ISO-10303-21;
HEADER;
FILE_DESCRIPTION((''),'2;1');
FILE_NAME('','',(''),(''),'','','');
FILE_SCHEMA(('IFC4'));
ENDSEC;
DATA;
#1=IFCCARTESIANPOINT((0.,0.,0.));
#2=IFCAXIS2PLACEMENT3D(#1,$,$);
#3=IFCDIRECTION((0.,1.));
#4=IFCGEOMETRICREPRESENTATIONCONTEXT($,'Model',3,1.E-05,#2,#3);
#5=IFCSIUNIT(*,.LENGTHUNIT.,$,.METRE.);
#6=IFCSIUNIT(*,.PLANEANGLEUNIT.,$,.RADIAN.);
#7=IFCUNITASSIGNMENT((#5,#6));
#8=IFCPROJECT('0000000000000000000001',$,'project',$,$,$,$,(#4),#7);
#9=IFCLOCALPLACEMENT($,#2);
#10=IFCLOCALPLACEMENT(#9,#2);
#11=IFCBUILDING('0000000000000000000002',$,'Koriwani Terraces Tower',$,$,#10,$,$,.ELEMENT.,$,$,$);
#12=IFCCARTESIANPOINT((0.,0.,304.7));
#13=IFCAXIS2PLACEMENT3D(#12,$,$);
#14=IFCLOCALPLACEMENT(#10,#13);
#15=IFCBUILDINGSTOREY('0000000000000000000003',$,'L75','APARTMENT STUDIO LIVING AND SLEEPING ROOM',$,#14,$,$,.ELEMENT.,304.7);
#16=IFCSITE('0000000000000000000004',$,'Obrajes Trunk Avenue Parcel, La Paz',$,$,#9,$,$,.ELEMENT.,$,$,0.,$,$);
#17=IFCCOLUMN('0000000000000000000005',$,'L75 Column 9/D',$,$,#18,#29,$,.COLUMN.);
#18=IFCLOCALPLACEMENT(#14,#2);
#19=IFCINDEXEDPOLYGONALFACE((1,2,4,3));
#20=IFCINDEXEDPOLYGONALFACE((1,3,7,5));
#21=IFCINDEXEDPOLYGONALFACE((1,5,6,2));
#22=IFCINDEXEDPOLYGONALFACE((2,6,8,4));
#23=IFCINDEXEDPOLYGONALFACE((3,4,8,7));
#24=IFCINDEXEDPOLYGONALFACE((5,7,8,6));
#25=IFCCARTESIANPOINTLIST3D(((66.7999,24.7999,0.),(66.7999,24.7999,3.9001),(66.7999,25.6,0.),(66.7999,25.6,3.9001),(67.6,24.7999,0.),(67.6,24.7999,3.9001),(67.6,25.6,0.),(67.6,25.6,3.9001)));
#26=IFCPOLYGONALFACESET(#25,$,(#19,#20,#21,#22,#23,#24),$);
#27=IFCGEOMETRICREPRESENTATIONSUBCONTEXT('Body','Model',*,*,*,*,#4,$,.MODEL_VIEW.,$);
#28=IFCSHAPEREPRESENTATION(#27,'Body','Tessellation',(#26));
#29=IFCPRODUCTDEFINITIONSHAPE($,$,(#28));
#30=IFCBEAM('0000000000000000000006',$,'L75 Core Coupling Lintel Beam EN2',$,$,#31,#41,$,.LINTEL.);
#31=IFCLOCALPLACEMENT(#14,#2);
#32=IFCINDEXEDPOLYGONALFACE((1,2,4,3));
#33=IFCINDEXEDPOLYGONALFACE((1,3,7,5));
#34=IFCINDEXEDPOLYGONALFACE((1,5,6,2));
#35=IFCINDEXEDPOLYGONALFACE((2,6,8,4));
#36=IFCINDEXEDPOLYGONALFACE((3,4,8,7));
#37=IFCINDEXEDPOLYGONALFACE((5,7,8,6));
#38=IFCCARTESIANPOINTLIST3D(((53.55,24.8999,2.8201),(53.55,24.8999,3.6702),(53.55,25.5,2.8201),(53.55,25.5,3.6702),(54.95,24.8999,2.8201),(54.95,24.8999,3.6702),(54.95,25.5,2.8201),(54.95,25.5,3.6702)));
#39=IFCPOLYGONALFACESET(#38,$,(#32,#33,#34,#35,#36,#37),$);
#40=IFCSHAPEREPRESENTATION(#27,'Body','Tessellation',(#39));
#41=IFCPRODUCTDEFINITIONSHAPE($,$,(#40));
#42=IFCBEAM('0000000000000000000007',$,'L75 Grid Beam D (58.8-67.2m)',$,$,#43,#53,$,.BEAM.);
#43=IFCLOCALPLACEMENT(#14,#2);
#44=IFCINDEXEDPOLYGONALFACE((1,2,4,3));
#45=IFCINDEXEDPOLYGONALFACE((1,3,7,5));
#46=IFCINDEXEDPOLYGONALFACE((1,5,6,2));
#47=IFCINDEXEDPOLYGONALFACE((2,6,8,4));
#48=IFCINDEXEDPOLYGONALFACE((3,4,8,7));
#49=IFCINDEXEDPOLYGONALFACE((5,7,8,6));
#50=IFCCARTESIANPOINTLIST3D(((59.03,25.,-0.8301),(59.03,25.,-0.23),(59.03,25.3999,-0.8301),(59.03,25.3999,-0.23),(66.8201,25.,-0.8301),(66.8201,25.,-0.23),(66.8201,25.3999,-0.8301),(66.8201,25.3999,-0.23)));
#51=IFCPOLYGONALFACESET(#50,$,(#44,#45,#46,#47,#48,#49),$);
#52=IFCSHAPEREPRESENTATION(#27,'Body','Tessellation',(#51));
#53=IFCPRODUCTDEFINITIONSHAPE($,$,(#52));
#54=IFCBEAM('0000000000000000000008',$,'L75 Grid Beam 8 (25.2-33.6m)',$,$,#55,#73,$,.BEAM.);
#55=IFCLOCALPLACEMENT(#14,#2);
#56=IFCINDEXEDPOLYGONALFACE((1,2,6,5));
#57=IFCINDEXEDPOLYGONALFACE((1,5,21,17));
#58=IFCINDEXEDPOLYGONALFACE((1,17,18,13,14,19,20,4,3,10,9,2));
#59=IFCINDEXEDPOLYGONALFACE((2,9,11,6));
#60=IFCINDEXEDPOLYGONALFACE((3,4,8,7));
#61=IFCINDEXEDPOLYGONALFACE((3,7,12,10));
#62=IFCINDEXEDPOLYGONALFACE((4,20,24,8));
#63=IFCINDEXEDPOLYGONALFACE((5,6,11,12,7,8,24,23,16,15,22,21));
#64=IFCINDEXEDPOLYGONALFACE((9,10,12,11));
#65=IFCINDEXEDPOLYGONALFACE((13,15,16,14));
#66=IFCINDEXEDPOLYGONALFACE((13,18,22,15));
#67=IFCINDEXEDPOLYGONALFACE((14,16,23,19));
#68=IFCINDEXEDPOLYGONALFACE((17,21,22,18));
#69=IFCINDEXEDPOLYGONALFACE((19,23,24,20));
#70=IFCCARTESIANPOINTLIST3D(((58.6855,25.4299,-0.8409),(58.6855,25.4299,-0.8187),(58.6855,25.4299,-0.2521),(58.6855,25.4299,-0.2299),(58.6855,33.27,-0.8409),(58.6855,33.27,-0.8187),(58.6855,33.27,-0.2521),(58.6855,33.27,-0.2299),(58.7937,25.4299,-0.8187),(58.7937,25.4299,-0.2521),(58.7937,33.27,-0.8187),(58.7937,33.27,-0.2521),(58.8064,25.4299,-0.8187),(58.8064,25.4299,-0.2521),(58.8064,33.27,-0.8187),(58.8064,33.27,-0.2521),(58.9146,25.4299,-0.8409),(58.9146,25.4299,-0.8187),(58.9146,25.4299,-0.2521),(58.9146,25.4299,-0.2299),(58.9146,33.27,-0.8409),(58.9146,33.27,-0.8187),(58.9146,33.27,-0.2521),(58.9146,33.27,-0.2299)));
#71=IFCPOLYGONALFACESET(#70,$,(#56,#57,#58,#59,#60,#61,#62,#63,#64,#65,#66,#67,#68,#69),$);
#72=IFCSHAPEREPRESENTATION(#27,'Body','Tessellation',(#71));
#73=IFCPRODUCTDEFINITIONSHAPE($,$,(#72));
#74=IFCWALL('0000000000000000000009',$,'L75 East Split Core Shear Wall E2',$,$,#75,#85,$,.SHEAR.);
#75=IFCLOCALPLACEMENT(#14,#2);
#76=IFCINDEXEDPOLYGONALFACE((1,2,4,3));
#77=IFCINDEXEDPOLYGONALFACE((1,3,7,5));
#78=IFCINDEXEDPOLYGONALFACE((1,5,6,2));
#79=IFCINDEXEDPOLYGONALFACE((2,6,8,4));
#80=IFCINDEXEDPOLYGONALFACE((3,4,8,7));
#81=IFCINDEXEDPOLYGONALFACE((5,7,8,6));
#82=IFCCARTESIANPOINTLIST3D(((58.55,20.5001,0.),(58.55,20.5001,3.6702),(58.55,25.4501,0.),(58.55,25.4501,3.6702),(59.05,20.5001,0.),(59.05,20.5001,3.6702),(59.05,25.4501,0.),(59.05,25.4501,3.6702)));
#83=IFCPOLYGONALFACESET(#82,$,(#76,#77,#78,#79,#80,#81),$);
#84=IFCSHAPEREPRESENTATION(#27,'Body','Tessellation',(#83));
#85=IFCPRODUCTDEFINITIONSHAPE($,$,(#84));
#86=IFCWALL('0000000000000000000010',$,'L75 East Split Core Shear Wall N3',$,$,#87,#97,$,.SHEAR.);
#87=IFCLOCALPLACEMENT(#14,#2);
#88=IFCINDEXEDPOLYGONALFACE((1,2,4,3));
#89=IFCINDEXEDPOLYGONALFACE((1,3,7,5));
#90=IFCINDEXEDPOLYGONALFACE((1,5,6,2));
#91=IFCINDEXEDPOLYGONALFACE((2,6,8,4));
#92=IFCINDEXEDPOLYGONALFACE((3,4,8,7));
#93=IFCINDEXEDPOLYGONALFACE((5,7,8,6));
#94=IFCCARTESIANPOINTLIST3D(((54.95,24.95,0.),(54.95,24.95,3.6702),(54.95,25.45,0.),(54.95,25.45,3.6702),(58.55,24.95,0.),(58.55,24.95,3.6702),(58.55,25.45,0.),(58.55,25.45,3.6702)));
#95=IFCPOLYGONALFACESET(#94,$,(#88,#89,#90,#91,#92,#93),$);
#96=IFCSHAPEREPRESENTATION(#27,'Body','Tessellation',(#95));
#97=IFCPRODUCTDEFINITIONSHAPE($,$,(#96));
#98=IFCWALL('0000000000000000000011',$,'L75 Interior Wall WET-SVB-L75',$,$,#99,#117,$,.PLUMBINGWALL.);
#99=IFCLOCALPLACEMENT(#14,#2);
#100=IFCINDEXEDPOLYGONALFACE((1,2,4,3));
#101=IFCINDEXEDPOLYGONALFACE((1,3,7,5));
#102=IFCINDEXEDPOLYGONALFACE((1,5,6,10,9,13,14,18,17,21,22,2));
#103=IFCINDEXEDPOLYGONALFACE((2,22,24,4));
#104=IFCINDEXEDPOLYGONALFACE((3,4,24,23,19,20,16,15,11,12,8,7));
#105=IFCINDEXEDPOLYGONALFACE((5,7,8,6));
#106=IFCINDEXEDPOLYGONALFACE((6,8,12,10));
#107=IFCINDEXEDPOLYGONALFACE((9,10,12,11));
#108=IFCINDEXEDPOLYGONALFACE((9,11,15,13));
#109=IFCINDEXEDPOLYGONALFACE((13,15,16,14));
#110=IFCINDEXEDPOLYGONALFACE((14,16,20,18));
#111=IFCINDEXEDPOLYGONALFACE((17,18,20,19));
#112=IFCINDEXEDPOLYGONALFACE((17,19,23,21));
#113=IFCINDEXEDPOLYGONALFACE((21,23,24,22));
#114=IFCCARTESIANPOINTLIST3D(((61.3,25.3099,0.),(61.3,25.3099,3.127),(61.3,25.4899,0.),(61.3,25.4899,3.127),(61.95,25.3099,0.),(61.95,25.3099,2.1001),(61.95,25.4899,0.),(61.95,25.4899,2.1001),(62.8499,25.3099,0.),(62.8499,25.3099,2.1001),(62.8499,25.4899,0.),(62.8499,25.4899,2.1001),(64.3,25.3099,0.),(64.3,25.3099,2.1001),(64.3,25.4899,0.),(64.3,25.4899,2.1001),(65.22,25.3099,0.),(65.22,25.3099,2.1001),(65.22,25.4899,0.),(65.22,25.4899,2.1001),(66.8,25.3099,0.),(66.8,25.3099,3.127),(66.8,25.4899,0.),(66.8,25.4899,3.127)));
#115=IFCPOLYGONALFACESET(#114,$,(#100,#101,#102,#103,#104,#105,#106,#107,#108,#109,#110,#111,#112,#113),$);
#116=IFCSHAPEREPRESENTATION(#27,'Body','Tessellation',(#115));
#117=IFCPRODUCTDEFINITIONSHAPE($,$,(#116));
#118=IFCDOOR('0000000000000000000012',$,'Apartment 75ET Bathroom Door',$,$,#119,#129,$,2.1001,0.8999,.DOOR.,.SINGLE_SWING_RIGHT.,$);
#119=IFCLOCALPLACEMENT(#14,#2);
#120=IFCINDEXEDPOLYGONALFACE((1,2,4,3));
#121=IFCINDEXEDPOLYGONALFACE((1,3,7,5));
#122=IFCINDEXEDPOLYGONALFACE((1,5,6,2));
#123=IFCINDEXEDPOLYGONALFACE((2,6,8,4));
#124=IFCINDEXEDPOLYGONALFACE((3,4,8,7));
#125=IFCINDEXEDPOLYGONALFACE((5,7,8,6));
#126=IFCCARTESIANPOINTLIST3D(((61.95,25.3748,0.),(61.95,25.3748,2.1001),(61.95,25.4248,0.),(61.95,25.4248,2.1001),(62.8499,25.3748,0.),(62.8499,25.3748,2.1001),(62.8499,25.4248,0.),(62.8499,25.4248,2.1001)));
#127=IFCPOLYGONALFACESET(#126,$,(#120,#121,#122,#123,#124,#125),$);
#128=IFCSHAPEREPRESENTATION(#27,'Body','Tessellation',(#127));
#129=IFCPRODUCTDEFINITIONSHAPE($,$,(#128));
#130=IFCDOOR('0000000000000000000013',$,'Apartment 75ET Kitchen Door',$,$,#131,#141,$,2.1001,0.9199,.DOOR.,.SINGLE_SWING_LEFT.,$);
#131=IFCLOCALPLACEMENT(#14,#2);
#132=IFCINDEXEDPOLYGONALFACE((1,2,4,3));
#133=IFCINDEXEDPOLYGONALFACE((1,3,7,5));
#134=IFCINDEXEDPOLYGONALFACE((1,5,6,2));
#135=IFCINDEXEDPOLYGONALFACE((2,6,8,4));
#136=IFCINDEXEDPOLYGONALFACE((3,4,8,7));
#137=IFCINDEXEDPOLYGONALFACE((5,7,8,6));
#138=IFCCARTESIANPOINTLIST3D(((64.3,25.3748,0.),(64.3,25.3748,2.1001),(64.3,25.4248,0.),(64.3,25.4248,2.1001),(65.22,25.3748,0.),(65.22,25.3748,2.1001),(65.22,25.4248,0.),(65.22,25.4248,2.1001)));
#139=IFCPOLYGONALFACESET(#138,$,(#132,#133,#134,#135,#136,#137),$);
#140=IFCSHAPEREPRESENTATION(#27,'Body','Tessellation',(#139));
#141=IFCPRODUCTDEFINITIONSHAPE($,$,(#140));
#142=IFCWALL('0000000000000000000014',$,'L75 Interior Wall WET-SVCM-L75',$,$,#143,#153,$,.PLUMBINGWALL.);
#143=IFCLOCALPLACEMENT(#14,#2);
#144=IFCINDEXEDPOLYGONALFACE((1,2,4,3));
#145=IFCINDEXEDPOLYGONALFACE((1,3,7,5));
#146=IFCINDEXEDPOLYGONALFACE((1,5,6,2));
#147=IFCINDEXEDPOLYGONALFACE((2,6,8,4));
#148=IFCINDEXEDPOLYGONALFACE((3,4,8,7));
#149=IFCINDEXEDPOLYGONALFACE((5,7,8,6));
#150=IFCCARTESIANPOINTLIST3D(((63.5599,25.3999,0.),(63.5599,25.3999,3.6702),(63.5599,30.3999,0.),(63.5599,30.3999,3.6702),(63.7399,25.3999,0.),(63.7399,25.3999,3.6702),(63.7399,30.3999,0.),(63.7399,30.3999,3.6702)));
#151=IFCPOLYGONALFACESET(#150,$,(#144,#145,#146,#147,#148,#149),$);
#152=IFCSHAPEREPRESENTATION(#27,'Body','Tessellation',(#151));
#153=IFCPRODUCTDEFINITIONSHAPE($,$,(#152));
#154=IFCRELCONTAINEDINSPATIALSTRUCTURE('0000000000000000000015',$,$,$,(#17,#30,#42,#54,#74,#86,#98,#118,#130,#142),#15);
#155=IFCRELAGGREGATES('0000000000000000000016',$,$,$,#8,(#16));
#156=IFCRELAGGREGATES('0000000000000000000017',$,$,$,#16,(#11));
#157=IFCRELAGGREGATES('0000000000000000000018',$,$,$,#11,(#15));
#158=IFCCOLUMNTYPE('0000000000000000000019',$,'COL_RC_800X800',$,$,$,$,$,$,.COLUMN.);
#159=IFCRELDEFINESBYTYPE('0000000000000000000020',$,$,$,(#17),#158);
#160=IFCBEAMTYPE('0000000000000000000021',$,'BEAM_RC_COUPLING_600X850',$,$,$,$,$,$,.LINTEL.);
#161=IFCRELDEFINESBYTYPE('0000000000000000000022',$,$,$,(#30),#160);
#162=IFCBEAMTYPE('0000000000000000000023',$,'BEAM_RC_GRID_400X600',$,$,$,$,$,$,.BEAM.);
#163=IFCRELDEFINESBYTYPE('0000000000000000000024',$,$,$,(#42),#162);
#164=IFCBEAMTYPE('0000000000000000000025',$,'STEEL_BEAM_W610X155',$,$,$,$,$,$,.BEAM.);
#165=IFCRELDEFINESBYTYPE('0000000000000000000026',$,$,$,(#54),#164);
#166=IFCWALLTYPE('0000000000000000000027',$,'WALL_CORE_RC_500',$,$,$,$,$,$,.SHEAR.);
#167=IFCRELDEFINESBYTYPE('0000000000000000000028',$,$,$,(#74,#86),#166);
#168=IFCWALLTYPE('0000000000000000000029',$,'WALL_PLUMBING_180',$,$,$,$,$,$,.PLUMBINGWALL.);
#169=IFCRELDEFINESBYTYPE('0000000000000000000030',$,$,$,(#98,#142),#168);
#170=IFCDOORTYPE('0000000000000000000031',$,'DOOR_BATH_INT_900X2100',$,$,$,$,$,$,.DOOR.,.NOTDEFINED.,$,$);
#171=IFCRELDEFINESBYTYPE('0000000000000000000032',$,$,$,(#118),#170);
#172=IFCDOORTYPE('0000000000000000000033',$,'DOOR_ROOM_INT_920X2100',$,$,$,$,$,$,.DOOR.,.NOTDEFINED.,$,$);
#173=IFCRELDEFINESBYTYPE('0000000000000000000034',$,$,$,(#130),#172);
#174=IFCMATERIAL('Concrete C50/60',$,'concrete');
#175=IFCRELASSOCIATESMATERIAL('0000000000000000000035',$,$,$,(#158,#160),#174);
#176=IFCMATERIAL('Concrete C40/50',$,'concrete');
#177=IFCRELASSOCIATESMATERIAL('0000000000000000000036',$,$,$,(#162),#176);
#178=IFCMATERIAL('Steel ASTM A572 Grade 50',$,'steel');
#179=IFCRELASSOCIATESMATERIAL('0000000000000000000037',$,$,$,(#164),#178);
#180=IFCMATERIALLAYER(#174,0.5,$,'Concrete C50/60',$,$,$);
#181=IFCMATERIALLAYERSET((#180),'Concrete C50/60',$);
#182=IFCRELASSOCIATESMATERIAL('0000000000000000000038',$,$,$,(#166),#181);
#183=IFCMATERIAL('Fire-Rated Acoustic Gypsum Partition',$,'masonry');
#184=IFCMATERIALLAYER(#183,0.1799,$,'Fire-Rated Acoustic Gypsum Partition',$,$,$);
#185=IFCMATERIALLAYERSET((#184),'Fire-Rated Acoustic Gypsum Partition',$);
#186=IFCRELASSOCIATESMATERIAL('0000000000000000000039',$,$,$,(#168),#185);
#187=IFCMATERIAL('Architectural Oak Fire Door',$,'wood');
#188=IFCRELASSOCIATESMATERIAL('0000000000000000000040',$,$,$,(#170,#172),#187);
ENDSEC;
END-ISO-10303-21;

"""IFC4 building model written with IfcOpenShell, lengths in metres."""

from ifc_helpers import new_model, si_unit, direction, frame, frame_2d, origin, origin_2d, place, context, subcontext, project, spatial, rectangle, i_section, extrude, material, layer, layer_set, material_profile, profile_set, type_object, element, fill, save


model = new_model("IFC4")

# Units and contexts
model_context = context("Model", 3, precision=1e-05, world=origin(), true_north=direction((0.0, 1.0)))
body_context = subcontext(model_context, "Body", "Model", "MODEL_VIEW")
ifc_project = project(units=[si_unit("LENGTHUNIT", "METRE"), si_unit("PLANEANGLEUNIT", "RADIAN")], contexts=[model_context])

# Site, building, storey
site_placement = place(None, origin())
site = spatial("IfcSite", under=ifc_project, at=site_placement, Name="Obrajes Trunk Avenue Parcel, La Paz", CompositionType="ELEMENT", RefElevation=0.0)
building_placement = place(site_placement, origin())
building = spatial("IfcBuilding", under=site, at=building_placement, Name="Koriwani Terraces Tower", CompositionType="ELEMENT")
storey_placement = place(building_placement, frame((0.0, 0.0, 304.7)))
storey = spatial("IfcBuildingStorey", under=building, at=storey_placement, Name="L75", Description="APARTMENT STUDIO LIVING AND SLEEPING ROOM", CompositionType="ELEMENT", Elevation=304.7)

# Column
ifc_material_1 = material(Name="Concrete C50/60", Category="concrete")
ifc_material_profile_1 = material_profile(ifc_material_1, rectangle(XDim=0.8, YDim=0.8, at=origin_2d()), Name="Concrete C50/60", Category="LoadBearing")
ifc_profile_set_1 = profile_set([ifc_material_profile_1], Name="Concrete C50/60")
column_type = type_object("IfcColumnType", Name="COL_RC_800X800", PredefinedType="COLUMN", material=ifc_profile_set_1)
column_placement = place(storey_placement, frame((67.2, 25.2, 0.0), z_axis=(0.0, 0.0, 1.0), x_axis=(1.0, 0.0, 0.0)))
element("IfcColumn", 1, at=column_placement, inside=storey, type_object=column_type, Name="L75 Column 9/D", PredefinedType="COLUMN", context=body_context, shape_type="SweptSolid", body=[
    extrude(rectangle(XDim=0.8, YDim=0.8, at=origin_2d()), origin(), (0.0, 0.0, 1.0), 3.9001),
])

# Beams
ifc_material_profile_2 = material_profile(ifc_material_1, rectangle(XDim=0.6001, YDim=0.8501, at=origin_2d()), Name="Concrete C50/60", Category="LoadBearing")
ifc_profile_set_2 = profile_set([ifc_material_profile_2], Name="Concrete C50/60")
beam_type_1 = type_object("IfcBeamType", Name="BEAM_RC_COUPLING_600X850", PredefinedType="LINTEL", material=ifc_profile_set_2)
beam_1_placement = place(storey_placement, frame((53.55, 25.2, 3.2451), z_axis=(1.0, 0.0, 0.0), x_axis=(0.0, 1.0, 0.0)))
element("IfcBeam", 2, at=beam_1_placement, inside=storey, type_object=beam_type_1, Name="L75 Core Coupling Lintel Beam EN2", PredefinedType="LINTEL", context=body_context, shape_type="SweptSolid", body=[
    extrude(rectangle(XDim=0.6001, YDim=0.8501, at=origin_2d()), origin(), (0.0, 0.0, 1.0), 1.3999),
])
ifc_material_2 = material(Name="Concrete C40/50", Category="concrete")
ifc_material_profile_3 = material_profile(ifc_material_2, rectangle(XDim=0.3999, YDim=0.6001, at=origin_2d()), Name="Concrete C40/50", Category="LoadBearing")
ifc_profile_set_3 = profile_set([ifc_material_profile_3], Name="Concrete C40/50")
beam_type_2 = type_object("IfcBeamType", Name="BEAM_RC_GRID_400X600", PredefinedType="BEAM", material=ifc_profile_set_3)
beam_2_placement = place(storey_placement, frame((59.03, 25.2, -0.53), z_axis=(1.0, 0.0, 0.0), x_axis=(0.0, 1.0, 0.0)))
element("IfcBeam", 3, at=beam_2_placement, inside=storey, type_object=beam_type_2, Name="L75 Grid Beam D (58.8-67.2m)", PredefinedType="BEAM", context=body_context, shape_type="SweptSolid", body=[
    extrude(rectangle(XDim=0.3999, YDim=0.6001, at=origin_2d()), origin(), (0.0, 0.0, 1.0), 7.79),
])
ifc_material_3 = material(Name="Steel ASTM A572 Grade 50", Category="steel")
ifc_material_profile_4 = material_profile(ifc_material_3, i_section(OverallWidth=0.229, OverallDepth=0.6111, WebThickness=0.0127, FlangeThickness=0.0222, at=origin_2d()), Name="Steel ASTM A572 Grade 50", Category="LoadBearing")
ifc_profile_set_4 = profile_set([ifc_material_profile_4], Name="Steel ASTM A572 Grade 50")
beam_type_3 = type_object("IfcBeamType", Name="STEEL_BEAM_W610X155", PredefinedType="BEAM", material=ifc_profile_set_4)
beam_3_placement = place(storey_placement, frame((58.8, 25.4299, -0.5354), z_axis=(0.0, 1.0, 0.0), x_axis=(-1.0, 0.0, 0.0)))
element("IfcBeam", 4, at=beam_3_placement, inside=storey, type_object=beam_type_3, Name="L75 Grid Beam 8 (25.2-33.6m)", PredefinedType="BEAM", context=body_context, shape_type="SweptSolid", body=[
    extrude(i_section(OverallWidth=0.229, OverallDepth=0.6111, WebThickness=0.0127, FlangeThickness=0.0222, at=origin_2d()), origin(), (0.0, 0.0, 1.0), 7.8401),
])

# Walls
ifc_layer_1 = layer(ifc_material_1, 0.5, Name="Concrete C50/60")
ifc_layer_set_1 = layer_set([ifc_layer_1], Name="Concrete C50/60")
wall_type_1 = type_object("IfcWallType", Name="WALL_CORE_RC_500", PredefinedType="SHEAR", material=ifc_layer_set_1)
wall_1_placement = place(storey_placement, frame((58.8, 20.5, 0.0), z_axis=(0.0, 0.0, 1.0), x_axis=(0.0, 1.0, 0.0)))
element("IfcWall", 5, at=wall_1_placement, inside=storey, type_object=wall_type_1, Name="L75 East Split Core Shear Wall E2", PredefinedType="SHEAR", context=body_context, shape_type="SweptSolid", body=[
    extrude(rectangle(XDim=4.95, YDim=0.5, at=frame_2d((2.4751, 0.0))), origin(), (0.0, 0.0, 1.0), 3.6702),
])
wall_2_placement = place(storey_placement, frame((54.95, 25.2, 0.0), z_axis=(0.0, 0.0, 1.0), x_axis=(1.0, 0.0, 0.0)))
element("IfcWall", 6, at=wall_2_placement, inside=storey, type_object=wall_type_1, Name="L75 East Split Core Shear Wall N3", PredefinedType="SHEAR", context=body_context, shape_type="SweptSolid", body=[
    extrude(rectangle(XDim=3.6001, YDim=0.5, at=frame_2d((1.8, 0.0))), origin(), (0.0, 0.0, 1.0), 3.6702),
])

# Wall, openings, doors
ifc_material_4 = material(Name="Fire-Rated Acoustic Gypsum Partition", Category="masonry")
ifc_layer_2 = layer(ifc_material_4, 0.1799, Name="Fire-Rated Acoustic Gypsum Partition")
ifc_layer_set_2 = layer_set([ifc_layer_2], Name="Fire-Rated Acoustic Gypsum Partition")
wall_type_2 = type_object("IfcWallType", Name="WALL_PLUMBING_180", PredefinedType="PLUMBINGWALL", material=ifc_layer_set_2)
wall_3_placement = place(storey_placement, frame((61.3, 25.3999, 0.0), z_axis=(0.0, 0.0, 1.0), x_axis=(1.0, 0.0, 0.0)))
wall_3 = element("IfcWall", 7, at=wall_3_placement, inside=storey, type_object=wall_type_2, Name="L75 Interior Wall WET-SVB-L75", PredefinedType="PLUMBINGWALL", context=body_context, shape_type="SweptSolid", body=[
    extrude(rectangle(XDim=5.5, YDim=0.1799, at=frame_2d((2.75, 0.0))), origin(), (0.0, 0.0, 1.0), 3.127),
])
opening_1_placement = place(wall_3_placement, frame((0.6499, 0.0, 0.0)))
opening_1 = element("IfcOpeningElement", 8, at=opening_1_placement, cuts=wall_3, PredefinedType="OPENING", context=body_context, shape_type="SweptSolid", body=[
    extrude(rectangle(XDim=0.8999, YDim=2.1001, at=frame_2d((0.45, 1.05))), frame((0.0, 0.1001, 0.0), z_axis=(0.0, -1.0, 0.0), x_axis=(1.0, 0.0, 0.0)), (0.0, 0.0, 1.0), 0.2),
])
opening_2_placement = place(wall_3_placement, frame((3.0, 0.0, 0.0)))
opening_2 = element("IfcOpeningElement", 9, at=opening_2_placement, cuts=wall_3, PredefinedType="OPENING", context=body_context, shape_type="SweptSolid", body=[
    extrude(rectangle(XDim=0.9199, YDim=2.1001, at=frame_2d((0.46, 1.05))), frame((0.0, 0.1001, 0.0), z_axis=(0.0, -1.0, 0.0), x_axis=(1.0, 0.0, 0.0)), (0.0, 0.0, 1.0), 0.2),
])
ifc_material_5 = material(Name="Architectural Oak Fire Door", Category="wood")
door_type_1 = type_object("IfcDoorType", Name="DOOR_BATH_INT_900X2100", OperationType="NOTDEFINED", PredefinedType="DOOR", material=ifc_material_5)
door_1_placement = place(opening_1_placement, origin())
door_1 = element("IfcDoor", 10, at=door_1_placement, inside=storey, type_object=door_type_1, Name="Apartment 75ET Bathroom Door", OperationType="SINGLE_SWING_RIGHT", OverallHeight=2.1001, OverallWidth=0.8999, PredefinedType="DOOR", context=body_context, shape_type="SweptSolid", body=[
    extrude(rectangle(XDim=0.8999, YDim=2.1001, at=frame_2d((0.45, 1.05))), frame((0.0, 0.0249, 0.0), z_axis=(0.0, -1.0, 0.0), x_axis=(1.0, 0.0, 0.0)), (0.0, 0.0, 1.0), 0.05),
])
fill(opening_1, door_1)
door_type_2 = type_object("IfcDoorType", Name="DOOR_ROOM_INT_920X2100", OperationType="NOTDEFINED", PredefinedType="DOOR", material=ifc_material_5)
door_2_placement = place(opening_2_placement, origin())
door_2 = element("IfcDoor", 11, at=door_2_placement, inside=storey, type_object=door_type_2, Name="Apartment 75ET Kitchen Door", OperationType="SINGLE_SWING_LEFT", OverallHeight=2.1001, OverallWidth=0.9199, PredefinedType="DOOR", context=body_context, shape_type="SweptSolid", body=[
    extrude(rectangle(XDim=0.9199, YDim=2.1001, at=frame_2d((0.46, 1.05))), frame((0.0, 0.0249, 0.0), z_axis=(0.0, -1.0, 0.0), x_axis=(1.0, 0.0, 0.0)), (0.0, 0.0, 1.0), 0.05),
])
fill(opening_2, door_2)

# Wall
wall_4_placement = place(storey_placement, frame((63.6499, 25.3999, 0.0), z_axis=(0.0, 0.0, 1.0), x_axis=(0.0, 1.0, 0.0)))
element("IfcWall", 12, at=wall_4_placement, inside=storey, type_object=wall_type_2, Name="L75 Interior Wall WET-SVCM-L75", PredefinedType="PLUMBINGWALL", context=body_context, shape_type="SweptSolid", body=[
    extrude(rectangle(XDim=5.0, YDim=0.1799, at=frame_2d((2.5, 0.0))), origin(), (0.0, 0.0, 1.0), 3.6702),
])

save(model, "model.ifc")
